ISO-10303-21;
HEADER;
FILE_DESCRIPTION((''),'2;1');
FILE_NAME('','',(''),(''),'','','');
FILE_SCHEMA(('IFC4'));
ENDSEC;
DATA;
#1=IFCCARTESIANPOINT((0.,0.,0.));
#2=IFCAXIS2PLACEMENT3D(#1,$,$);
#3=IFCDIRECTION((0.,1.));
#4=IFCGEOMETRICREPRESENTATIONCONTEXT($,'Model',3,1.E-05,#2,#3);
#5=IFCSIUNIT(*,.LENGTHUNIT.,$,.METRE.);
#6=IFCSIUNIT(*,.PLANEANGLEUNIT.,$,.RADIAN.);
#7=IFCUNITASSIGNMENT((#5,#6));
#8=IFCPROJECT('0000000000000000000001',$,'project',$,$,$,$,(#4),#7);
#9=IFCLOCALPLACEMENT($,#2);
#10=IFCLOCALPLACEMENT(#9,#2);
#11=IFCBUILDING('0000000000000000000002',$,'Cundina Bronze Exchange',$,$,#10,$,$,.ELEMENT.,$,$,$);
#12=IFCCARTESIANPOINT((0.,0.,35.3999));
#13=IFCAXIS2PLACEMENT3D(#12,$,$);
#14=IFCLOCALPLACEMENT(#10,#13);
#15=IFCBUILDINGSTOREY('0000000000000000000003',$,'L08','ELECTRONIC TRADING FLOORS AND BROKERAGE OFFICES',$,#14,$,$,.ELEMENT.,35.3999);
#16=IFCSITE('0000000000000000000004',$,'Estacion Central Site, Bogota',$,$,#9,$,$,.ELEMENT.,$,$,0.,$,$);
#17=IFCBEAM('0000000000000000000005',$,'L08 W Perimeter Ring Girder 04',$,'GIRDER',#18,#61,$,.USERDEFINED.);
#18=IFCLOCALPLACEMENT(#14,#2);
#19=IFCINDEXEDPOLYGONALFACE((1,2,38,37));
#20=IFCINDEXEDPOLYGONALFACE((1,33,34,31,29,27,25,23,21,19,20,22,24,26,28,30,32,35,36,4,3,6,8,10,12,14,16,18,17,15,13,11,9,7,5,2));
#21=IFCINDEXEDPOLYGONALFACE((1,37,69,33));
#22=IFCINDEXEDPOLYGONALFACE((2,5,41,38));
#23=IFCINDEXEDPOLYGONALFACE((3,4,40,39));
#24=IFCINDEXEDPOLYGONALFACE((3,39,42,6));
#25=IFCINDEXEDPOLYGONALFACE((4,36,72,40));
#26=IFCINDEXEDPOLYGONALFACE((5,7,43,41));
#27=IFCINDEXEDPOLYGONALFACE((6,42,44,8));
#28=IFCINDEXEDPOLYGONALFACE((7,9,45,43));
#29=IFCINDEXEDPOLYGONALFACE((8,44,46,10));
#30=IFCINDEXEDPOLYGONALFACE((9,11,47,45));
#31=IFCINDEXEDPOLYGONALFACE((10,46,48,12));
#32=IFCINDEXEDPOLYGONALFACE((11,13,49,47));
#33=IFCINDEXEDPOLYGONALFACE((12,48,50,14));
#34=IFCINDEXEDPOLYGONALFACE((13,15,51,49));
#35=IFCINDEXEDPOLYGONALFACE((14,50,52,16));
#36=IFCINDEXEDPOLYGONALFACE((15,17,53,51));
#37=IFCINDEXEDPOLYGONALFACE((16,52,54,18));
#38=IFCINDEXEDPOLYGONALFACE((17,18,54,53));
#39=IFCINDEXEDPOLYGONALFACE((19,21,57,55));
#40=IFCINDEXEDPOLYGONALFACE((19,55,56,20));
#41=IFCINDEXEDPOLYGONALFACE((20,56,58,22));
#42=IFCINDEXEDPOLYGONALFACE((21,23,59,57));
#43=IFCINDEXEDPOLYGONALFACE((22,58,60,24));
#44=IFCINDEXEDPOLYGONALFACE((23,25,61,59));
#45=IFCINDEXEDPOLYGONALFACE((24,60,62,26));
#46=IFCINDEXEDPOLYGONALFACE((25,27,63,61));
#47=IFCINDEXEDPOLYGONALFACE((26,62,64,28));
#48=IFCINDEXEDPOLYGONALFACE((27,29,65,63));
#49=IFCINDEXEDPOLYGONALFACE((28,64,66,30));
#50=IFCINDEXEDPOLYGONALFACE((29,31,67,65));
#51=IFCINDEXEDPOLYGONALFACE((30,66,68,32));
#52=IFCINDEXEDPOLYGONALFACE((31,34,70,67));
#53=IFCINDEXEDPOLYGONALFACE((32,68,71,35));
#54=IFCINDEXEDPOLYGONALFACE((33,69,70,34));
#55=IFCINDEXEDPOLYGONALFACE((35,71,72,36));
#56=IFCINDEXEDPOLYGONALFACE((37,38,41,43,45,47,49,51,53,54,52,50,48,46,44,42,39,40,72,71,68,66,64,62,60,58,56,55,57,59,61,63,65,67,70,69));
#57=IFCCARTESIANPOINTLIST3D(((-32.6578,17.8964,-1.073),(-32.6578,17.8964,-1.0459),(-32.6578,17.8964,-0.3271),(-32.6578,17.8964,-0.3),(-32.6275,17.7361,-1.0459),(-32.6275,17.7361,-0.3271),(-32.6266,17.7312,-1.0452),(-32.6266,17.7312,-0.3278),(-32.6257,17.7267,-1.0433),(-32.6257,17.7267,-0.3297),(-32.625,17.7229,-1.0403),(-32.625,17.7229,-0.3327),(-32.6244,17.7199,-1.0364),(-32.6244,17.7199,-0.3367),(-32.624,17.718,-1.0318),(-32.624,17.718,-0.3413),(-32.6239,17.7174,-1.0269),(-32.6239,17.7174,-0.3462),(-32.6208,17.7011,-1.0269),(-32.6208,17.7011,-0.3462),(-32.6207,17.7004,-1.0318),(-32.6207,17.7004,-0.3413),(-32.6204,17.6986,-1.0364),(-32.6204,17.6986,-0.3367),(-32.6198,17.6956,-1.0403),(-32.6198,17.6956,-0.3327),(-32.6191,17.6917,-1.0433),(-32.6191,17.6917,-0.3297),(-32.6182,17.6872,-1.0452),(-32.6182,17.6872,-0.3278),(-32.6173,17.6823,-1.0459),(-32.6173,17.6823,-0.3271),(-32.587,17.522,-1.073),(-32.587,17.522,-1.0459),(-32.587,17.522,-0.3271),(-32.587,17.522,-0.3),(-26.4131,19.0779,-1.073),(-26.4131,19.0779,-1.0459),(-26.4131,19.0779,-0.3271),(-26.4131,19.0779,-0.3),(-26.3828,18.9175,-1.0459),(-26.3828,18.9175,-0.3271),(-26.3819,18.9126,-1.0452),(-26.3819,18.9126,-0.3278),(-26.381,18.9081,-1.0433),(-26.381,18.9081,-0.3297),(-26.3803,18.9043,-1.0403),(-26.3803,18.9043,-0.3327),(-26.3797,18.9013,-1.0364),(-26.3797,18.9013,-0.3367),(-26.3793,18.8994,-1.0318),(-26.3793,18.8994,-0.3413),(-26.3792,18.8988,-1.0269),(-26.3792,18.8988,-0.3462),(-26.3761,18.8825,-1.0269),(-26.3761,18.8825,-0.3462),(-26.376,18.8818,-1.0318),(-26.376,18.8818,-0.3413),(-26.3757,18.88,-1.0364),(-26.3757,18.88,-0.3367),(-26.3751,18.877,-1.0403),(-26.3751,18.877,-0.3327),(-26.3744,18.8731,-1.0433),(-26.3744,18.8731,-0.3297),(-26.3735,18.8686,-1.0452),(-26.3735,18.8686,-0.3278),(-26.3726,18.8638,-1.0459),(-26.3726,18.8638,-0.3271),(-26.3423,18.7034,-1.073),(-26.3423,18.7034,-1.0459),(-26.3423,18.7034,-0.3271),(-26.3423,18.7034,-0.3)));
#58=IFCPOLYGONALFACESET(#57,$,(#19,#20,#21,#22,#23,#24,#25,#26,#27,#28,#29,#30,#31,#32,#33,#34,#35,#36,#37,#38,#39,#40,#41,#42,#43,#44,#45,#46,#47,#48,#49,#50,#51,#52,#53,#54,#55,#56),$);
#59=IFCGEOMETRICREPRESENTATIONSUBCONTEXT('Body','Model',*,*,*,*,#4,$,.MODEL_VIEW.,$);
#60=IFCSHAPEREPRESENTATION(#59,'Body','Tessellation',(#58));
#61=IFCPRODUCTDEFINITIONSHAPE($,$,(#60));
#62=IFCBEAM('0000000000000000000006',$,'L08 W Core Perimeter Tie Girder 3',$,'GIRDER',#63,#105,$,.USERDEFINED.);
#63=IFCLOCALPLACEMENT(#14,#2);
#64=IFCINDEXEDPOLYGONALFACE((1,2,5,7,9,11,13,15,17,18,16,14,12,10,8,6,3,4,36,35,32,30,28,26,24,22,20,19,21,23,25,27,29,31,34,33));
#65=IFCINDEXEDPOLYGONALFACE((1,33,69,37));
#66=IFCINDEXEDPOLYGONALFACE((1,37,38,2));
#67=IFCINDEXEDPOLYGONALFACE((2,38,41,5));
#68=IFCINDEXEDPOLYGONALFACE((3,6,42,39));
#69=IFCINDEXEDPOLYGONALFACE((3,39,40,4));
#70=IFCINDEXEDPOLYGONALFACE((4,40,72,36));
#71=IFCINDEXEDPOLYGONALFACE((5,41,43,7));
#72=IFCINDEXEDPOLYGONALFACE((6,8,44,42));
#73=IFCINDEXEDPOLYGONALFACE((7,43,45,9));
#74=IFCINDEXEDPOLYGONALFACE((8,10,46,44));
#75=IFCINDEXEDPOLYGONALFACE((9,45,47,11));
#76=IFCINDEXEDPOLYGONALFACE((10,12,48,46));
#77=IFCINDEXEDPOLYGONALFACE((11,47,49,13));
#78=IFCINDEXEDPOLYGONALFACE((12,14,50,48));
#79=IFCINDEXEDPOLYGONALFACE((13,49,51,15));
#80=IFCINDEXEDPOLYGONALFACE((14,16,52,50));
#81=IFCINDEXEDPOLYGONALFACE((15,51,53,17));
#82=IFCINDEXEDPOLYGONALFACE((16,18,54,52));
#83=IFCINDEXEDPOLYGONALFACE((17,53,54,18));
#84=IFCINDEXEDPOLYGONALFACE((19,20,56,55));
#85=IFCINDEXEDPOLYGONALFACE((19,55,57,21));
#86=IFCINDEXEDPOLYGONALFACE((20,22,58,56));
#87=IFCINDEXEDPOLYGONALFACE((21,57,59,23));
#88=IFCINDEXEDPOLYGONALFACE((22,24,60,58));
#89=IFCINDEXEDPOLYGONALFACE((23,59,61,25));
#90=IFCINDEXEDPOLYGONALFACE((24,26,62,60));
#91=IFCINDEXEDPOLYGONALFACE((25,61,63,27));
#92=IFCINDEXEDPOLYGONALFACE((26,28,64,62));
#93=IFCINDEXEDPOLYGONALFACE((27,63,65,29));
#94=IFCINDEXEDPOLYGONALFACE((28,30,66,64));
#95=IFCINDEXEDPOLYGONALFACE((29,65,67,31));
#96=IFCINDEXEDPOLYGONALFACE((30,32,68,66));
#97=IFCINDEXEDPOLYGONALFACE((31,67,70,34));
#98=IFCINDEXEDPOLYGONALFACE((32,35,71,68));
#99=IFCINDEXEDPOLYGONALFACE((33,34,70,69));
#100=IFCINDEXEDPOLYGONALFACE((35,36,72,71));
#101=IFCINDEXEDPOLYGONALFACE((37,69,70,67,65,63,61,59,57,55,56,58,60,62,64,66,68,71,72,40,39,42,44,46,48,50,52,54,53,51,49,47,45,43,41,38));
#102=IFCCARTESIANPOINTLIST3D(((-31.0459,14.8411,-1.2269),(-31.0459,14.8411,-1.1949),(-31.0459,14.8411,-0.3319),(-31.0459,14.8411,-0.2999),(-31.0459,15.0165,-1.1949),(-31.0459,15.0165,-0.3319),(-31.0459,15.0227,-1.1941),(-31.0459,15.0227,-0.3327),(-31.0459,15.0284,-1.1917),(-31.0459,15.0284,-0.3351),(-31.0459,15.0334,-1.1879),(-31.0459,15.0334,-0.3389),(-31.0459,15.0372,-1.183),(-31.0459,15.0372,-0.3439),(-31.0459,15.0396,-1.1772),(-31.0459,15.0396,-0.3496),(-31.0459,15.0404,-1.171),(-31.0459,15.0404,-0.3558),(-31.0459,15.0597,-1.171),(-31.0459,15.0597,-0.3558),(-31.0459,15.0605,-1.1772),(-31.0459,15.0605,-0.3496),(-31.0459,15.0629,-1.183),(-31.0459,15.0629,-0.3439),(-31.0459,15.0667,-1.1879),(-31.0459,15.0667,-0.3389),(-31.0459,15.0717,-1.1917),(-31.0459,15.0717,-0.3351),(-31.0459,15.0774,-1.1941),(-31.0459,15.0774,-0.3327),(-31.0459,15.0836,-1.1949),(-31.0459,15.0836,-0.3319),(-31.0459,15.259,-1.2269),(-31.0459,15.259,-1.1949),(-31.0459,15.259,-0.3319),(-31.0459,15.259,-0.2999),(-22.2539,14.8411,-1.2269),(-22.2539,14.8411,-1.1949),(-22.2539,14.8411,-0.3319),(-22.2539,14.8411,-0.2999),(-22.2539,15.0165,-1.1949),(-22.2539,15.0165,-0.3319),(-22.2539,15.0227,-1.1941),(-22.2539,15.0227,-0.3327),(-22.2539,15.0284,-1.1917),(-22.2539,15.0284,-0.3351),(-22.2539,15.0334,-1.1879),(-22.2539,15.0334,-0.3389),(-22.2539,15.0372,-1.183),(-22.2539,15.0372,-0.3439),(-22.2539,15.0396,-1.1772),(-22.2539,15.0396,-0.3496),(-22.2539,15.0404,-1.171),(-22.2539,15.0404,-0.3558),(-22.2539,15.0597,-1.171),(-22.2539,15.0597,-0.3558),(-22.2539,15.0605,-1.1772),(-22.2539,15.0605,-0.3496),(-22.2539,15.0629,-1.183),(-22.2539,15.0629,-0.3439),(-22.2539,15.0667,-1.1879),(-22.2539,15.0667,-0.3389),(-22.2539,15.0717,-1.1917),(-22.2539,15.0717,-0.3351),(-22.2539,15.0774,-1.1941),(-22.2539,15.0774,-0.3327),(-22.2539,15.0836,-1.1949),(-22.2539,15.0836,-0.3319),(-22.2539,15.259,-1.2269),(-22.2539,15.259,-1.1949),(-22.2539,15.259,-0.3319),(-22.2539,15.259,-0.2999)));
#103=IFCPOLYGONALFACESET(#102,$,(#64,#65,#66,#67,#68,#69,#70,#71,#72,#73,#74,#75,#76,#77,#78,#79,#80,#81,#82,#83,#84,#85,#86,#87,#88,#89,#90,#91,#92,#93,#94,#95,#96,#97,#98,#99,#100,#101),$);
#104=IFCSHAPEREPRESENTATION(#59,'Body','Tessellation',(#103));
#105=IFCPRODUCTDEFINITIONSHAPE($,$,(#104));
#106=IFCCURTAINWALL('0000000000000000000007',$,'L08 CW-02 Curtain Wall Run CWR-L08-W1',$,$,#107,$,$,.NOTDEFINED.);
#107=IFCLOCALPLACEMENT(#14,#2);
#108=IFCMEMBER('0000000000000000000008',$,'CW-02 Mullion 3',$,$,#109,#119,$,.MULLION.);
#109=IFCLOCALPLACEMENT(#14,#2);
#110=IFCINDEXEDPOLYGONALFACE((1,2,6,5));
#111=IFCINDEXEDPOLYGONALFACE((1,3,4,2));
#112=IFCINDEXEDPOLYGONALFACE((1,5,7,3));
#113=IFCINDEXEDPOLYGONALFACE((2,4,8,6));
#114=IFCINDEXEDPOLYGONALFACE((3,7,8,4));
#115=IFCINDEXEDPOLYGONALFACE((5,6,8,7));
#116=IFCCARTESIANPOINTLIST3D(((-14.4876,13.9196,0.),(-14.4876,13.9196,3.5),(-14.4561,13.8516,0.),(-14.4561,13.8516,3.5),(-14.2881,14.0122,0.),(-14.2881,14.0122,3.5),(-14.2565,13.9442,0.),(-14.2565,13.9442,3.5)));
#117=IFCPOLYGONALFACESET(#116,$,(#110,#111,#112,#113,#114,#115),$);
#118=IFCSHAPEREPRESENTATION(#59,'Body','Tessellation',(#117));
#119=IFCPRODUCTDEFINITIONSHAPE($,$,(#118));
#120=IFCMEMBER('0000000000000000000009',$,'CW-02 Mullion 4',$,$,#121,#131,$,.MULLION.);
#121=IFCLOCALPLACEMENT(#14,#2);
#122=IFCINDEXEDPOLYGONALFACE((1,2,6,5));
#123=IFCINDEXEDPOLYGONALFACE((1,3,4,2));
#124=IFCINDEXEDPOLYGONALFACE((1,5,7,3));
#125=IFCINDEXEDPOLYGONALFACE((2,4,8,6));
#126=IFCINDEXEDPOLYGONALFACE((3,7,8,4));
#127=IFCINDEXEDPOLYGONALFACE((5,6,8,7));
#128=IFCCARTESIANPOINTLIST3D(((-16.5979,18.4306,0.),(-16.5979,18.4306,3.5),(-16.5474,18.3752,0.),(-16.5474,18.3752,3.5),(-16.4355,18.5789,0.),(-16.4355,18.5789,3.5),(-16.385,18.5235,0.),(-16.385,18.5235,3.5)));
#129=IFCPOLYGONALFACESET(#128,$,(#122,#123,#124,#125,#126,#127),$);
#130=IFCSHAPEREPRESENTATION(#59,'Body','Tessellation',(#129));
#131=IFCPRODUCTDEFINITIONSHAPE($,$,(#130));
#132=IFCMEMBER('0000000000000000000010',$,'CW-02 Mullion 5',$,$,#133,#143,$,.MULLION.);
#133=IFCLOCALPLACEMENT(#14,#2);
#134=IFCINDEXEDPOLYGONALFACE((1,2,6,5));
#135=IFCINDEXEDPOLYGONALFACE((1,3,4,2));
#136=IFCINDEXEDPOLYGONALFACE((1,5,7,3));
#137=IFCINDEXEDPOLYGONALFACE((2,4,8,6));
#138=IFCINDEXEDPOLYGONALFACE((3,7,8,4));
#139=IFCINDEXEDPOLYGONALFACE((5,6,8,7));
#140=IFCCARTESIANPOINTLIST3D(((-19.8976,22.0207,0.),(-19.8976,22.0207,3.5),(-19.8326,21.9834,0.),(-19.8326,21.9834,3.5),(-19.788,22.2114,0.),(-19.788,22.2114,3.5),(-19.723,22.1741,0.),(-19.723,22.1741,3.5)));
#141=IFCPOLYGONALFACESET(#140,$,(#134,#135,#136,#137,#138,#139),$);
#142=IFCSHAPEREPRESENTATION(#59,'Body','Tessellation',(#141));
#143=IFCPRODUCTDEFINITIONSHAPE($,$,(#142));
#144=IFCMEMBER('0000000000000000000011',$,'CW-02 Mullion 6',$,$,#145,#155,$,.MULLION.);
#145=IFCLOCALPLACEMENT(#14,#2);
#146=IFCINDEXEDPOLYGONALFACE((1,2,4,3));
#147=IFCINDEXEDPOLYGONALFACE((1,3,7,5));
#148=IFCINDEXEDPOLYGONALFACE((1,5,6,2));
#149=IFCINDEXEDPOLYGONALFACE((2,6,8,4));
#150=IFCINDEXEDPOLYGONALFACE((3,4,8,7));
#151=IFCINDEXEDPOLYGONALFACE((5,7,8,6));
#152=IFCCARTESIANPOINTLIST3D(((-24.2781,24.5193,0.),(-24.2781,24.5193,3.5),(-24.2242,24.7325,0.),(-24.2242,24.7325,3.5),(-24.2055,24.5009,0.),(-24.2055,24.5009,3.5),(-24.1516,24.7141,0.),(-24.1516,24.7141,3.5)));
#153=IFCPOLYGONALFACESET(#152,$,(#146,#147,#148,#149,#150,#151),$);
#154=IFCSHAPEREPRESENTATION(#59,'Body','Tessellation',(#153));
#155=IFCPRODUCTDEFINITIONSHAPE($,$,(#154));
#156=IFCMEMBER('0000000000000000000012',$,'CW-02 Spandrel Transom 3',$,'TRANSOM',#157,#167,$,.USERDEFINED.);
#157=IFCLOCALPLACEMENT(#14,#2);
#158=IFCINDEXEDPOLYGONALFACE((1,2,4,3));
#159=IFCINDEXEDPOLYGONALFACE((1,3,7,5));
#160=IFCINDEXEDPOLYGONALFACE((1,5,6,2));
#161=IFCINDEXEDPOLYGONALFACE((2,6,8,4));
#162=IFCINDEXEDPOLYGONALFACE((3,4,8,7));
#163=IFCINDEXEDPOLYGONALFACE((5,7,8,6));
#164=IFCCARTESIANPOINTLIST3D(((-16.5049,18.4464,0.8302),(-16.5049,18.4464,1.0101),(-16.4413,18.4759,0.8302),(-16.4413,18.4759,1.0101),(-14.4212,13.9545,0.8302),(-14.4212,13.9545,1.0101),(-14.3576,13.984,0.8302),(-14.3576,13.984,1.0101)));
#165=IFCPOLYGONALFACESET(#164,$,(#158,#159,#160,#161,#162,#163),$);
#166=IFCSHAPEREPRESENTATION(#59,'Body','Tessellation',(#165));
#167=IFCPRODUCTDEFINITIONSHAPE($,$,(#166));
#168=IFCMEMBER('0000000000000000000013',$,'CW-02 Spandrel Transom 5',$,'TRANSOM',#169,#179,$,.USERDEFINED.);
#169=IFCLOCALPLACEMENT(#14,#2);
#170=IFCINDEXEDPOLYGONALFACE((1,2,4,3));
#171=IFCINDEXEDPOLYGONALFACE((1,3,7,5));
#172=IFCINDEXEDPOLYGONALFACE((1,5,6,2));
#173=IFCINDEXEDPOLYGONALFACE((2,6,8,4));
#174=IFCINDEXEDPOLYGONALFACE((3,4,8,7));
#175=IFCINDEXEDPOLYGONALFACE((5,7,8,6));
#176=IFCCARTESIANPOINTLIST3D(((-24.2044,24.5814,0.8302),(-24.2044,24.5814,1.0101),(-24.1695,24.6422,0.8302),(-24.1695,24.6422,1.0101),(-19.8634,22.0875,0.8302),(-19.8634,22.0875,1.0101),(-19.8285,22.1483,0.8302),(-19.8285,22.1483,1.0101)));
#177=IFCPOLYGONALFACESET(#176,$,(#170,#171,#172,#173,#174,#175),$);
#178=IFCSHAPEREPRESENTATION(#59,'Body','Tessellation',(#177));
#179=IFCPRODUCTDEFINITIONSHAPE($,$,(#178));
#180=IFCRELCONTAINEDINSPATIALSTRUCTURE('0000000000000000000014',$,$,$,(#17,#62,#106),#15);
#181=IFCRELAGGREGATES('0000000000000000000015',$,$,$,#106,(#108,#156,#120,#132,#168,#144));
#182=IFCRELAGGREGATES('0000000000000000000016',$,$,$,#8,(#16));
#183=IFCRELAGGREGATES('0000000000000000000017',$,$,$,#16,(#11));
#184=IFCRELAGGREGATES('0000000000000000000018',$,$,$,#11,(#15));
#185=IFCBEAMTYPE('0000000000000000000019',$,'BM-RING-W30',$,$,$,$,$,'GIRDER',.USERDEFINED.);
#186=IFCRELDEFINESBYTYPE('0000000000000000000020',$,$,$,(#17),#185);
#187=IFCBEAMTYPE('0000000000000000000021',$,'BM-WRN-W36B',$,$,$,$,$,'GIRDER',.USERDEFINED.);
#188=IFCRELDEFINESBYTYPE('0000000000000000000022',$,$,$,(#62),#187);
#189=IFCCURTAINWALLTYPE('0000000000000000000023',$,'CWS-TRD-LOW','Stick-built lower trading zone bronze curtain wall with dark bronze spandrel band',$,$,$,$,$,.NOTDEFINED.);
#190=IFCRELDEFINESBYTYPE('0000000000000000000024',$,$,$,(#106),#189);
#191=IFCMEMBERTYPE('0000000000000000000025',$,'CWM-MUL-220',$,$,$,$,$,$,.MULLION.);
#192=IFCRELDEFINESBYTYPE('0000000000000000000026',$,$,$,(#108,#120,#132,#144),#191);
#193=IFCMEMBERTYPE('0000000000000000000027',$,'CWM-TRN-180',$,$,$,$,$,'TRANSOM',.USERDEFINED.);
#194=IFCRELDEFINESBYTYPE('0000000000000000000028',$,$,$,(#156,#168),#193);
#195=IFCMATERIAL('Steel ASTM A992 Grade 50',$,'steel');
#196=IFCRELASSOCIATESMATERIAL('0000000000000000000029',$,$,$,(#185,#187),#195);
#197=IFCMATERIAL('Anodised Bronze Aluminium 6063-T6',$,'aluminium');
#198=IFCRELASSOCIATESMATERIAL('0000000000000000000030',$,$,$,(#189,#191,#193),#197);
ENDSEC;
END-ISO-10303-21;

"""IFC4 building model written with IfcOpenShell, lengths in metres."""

from ifc_helpers import new_model, si_unit, direction, frame, origin, origin_2d, place, context, subcontext, project, spatial, rectangle, i_section, extrude, material, material_profile, profile_set, type_object, element, aggregate, save


model = new_model("IFC4")

# Units and contexts
model_context = context("Model", 3, precision=1e-05, world=origin(), true_north=direction((0.0, 1.0)))
body_context = subcontext(model_context, "Body", "Model", "MODEL_VIEW")
ifc_project = project(units=[si_unit("LENGTHUNIT", "METRE"), si_unit("PLANEANGLEUNIT", "RADIAN")], contexts=[model_context])

# Site, building, storey
site_placement = place(None, origin())
site = spatial("IfcSite", under=ifc_project, at=site_placement, Name="Estacion Central Site, Bogota", CompositionType="ELEMENT", RefElevation=0.0)
building_placement = place(site_placement, origin())
building = spatial("IfcBuilding", under=site, at=building_placement, Name="Cundina Bronze Exchange", CompositionType="ELEMENT")
storey_placement = place(building_placement, frame((0.0, 0.0, 35.3999)))
storey = spatial("IfcBuildingStorey", under=building, at=storey_placement, Name="L08", Description="ELECTRONIC TRADING FLOORS AND BROKERAGE OFFICES", CompositionType="ELEMENT", Elevation=35.3999)

# Shared definitions
ifc_material_1 = material(Name="Steel ASTM A992 Grade 50", Category="steel")

# Beams
ifc_material_profile_1 = material_profile(ifc_material_1, i_section(OverallWidth=0.3811, OverallDepth=0.7729, WebThickness=0.0166, FlangeThickness=0.0271, FilletRadius=0.019, at=origin_2d()), Name="W30X173", Category="steel")
ifc_profile_set_1 = profile_set([ifc_material_profile_1], Name="Steel ASTM A992 Grade 50")
beam_type_1 = type_object("IfcBeamType", Name="BM-RING-W30", ElementType="GIRDER", PredefinedType="USERDEFINED", material=ifc_profile_set_1)
beam_1_placement = place(storey_placement, frame((-26.3777, 18.8906, -0.6865), z_axis=(-0.982571, -0.185889, 0.0), x_axis=(0.185889, -0.982571, 0.0)))
element("IfcBeam", 1, at=beam_1_placement, inside=storey, type_object=beam_type_1, Name="L08 W Perimeter Ring Girder 04", ObjectType="GIRDER", PredefinedType="USERDEFINED", context=body_context, shape_type="SweptSolid", body=[
    extrude(i_section(OverallWidth=0.3811, OverallDepth=0.7729, WebThickness=0.0166, FlangeThickness=0.0271, FilletRadius=0.019, at=origin_2d()), origin(), (0.0, 0.0, 1.0), 6.3555),
])
ifc_material_profile_2 = material_profile(ifc_material_1, i_section(OverallWidth=0.418, OverallDepth=0.927, WebThickness=0.0193, FlangeThickness=0.032, FilletRadius=0.0239, at=origin_2d()), Name="W36X231", Category="steel")
ifc_profile_set_2 = profile_set([ifc_material_profile_2], Name="Steel ASTM A992 Grade 50")
beam_type_2 = type_object("IfcBeamType", Name="BM-WRN-W36B", ElementType="GIRDER", PredefinedType="USERDEFINED", material=ifc_profile_set_2)
beam_2_placement = place(storey_placement, frame((-22.2539, 15.05, -0.7634), z_axis=(-1.0, 0.0, 0.0), x_axis=(0.0, -1.0, 0.0)))
element("IfcBeam", 2, at=beam_2_placement, inside=storey, type_object=beam_type_2, Name="L08 W Core Perimeter Tie Girder 3", ObjectType="GIRDER", PredefinedType="USERDEFINED", context=body_context, shape_type="SweptSolid", body=[
    extrude(i_section(OverallWidth=0.418, OverallDepth=0.927, WebThickness=0.0193, FlangeThickness=0.032, FilletRadius=0.0239, at=origin_2d()), origin(), (0.0, 0.0, 1.0), 8.792),
])

# Curtain wall, members
ifc_material_2 = material(Name="Anodised Bronze Aluminium 6063-T6", Category="aluminium")
curtain_wall_type = type_object("IfcCurtainWallType", Name="CWS-TRD-LOW", Description="Stick-built lower trading zone bronze curtain wall with dark bronze spandrel band", PredefinedType="NOTDEFINED", material=ifc_material_2)
curtain_wall_placement = place(storey_placement, origin())
curtain_wall = element("IfcCurtainWall", 3, at=curtain_wall_placement, inside=storey, type_object=curtain_wall_type, Name="L08 CW-02 Curtain Wall Run CWR-L08-W1", PredefinedType="NOTDEFINED")
ifc_material_profile_3 = material_profile(ifc_material_2, rectangle(XDim=0.075, YDim=0.22, at=origin_2d()), Name="AL75X220", Category="aluminium")
ifc_profile_set_3 = profile_set([ifc_material_profile_3], Name="Anodised Bronze Aluminium 6063-T6")
member_type_1 = type_object("IfcMemberType", Name="CWM-MUL-220", PredefinedType="MULLION", material=ifc_profile_set_3)
member_1_placement = place(storey_placement, frame((-14.3721, 13.9319, 0.0), z_axis=(0.0, 0.0, 1.0), x_axis=(-0.420877, 0.907117, 0.0)))
member_1 = element("IfcMember", 4, at=member_1_placement, type_object=member_type_1, Name="CW-02 Mullion 3", PredefinedType="MULLION", context=body_context, shape_type="SweptSolid", body=[
    extrude(rectangle(XDim=0.075, YDim=0.22, at=origin_2d()), origin(), (0.0, 0.0, 1.0), 3.5),
])
member_2_placement = place(storey_placement, frame((-16.4915, 18.4771, 0.0), z_axis=(0.0, 0.0, 1.0), x_axis=(-0.674302, 0.738455, 0.0)))
member_2 = element("IfcMember", 5, at=member_2_placement, type_object=member_type_1, Name="CW-02 Mullion 4", PredefinedType="MULLION", context=body_context, shape_type="SweptSolid", body=[
    extrude(rectangle(XDim=0.075, YDim=0.22, at=origin_2d()), origin(), (0.0, 0.0, 1.0), 3.5),
])
member_3_placement = place(storey_placement, frame((-19.8103, 22.0974, 0.0), z_axis=(0.0, 0.0, 1.0), x_axis=(-0.867071, 0.498185, 0.0)))
member_3 = element("IfcMember", 6, at=member_3_placement, type_object=member_type_1, Name="CW-02 Mullion 5", PredefinedType="MULLION", context=body_context, shape_type="SweptSolid", body=[
    extrude(rectangle(XDim=0.075, YDim=0.22, at=origin_2d()), origin(), (0.0, 0.0, 1.0), 3.5),
])
member_4_placement = place(storey_placement, frame((-24.2148, 24.6167, 0.0), z_axis=(0.0, 0.0, 1.0), x_axis=(-0.969488, 0.245138, 0.0)))
member_4 = element("IfcMember", 7, at=member_4_placement, type_object=member_type_1, Name="CW-02 Mullion 6", PredefinedType="MULLION", context=body_context, shape_type="SweptSolid", body=[
    extrude(rectangle(XDim=0.075, YDim=0.22, at=origin_2d()), origin(), (0.0, 0.0, 1.0), 3.5),
])
ifc_material_profile_4 = material_profile(ifc_material_2, rectangle(XDim=0.0701, YDim=0.1799, at=origin_2d()), Name="AL70X180", Category="aluminium")
ifc_profile_set_4 = profile_set([ifc_material_profile_4], Name="Anodised Bronze Aluminium 6063-T6")
member_type_2 = type_object("IfcMemberType", Name="CWM-TRN-180", ElementType="TRANSOM", PredefinedType="USERDEFINED", material=ifc_profile_set_4)
member_5_placement = place(storey_placement, frame((-14.3894, 13.9692, 0.9202), z_axis=(-0.420811, 0.907148, 0.0), x_axis=(-0.907148, -0.420811, 0.0)))
member_5 = element("IfcMember", 8, at=member_5_placement, type_object=member_type_2, Name="CW-02 Spandrel Transom 3", ObjectType="TRANSOM", PredefinedType="USERDEFINED", context=body_context, shape_type="SweptSolid", body=[
    extrude(rectangle(XDim=0.0701, YDim=0.1799, at=origin_2d()), origin(), (0.0, 0.0, 1.0), 4.9517),
])
member_6_placement = place(storey_placement, frame((-19.8459, 22.1179, 0.9202), z_axis=(-0.867097, 0.498139, 0.0), x_axis=(-0.498139, -0.867097, 0.0)))
member_6 = element("IfcMember", 9, at=member_6_placement, type_object=member_type_2, Name="CW-02 Spandrel Transom 5", ObjectType="TRANSOM", PredefinedType="USERDEFINED", context=body_context, shape_type="SweptSolid", body=[
    extrude(rectangle(XDim=0.0701, YDim=0.1799, at=origin_2d()), origin(), (0.0, 0.0, 1.0), 5.0063),
])
aggregate(curtain_wall, [member_1, member_5, member_2, member_3, member_6, member_4])

save(model, "model.ifc")
